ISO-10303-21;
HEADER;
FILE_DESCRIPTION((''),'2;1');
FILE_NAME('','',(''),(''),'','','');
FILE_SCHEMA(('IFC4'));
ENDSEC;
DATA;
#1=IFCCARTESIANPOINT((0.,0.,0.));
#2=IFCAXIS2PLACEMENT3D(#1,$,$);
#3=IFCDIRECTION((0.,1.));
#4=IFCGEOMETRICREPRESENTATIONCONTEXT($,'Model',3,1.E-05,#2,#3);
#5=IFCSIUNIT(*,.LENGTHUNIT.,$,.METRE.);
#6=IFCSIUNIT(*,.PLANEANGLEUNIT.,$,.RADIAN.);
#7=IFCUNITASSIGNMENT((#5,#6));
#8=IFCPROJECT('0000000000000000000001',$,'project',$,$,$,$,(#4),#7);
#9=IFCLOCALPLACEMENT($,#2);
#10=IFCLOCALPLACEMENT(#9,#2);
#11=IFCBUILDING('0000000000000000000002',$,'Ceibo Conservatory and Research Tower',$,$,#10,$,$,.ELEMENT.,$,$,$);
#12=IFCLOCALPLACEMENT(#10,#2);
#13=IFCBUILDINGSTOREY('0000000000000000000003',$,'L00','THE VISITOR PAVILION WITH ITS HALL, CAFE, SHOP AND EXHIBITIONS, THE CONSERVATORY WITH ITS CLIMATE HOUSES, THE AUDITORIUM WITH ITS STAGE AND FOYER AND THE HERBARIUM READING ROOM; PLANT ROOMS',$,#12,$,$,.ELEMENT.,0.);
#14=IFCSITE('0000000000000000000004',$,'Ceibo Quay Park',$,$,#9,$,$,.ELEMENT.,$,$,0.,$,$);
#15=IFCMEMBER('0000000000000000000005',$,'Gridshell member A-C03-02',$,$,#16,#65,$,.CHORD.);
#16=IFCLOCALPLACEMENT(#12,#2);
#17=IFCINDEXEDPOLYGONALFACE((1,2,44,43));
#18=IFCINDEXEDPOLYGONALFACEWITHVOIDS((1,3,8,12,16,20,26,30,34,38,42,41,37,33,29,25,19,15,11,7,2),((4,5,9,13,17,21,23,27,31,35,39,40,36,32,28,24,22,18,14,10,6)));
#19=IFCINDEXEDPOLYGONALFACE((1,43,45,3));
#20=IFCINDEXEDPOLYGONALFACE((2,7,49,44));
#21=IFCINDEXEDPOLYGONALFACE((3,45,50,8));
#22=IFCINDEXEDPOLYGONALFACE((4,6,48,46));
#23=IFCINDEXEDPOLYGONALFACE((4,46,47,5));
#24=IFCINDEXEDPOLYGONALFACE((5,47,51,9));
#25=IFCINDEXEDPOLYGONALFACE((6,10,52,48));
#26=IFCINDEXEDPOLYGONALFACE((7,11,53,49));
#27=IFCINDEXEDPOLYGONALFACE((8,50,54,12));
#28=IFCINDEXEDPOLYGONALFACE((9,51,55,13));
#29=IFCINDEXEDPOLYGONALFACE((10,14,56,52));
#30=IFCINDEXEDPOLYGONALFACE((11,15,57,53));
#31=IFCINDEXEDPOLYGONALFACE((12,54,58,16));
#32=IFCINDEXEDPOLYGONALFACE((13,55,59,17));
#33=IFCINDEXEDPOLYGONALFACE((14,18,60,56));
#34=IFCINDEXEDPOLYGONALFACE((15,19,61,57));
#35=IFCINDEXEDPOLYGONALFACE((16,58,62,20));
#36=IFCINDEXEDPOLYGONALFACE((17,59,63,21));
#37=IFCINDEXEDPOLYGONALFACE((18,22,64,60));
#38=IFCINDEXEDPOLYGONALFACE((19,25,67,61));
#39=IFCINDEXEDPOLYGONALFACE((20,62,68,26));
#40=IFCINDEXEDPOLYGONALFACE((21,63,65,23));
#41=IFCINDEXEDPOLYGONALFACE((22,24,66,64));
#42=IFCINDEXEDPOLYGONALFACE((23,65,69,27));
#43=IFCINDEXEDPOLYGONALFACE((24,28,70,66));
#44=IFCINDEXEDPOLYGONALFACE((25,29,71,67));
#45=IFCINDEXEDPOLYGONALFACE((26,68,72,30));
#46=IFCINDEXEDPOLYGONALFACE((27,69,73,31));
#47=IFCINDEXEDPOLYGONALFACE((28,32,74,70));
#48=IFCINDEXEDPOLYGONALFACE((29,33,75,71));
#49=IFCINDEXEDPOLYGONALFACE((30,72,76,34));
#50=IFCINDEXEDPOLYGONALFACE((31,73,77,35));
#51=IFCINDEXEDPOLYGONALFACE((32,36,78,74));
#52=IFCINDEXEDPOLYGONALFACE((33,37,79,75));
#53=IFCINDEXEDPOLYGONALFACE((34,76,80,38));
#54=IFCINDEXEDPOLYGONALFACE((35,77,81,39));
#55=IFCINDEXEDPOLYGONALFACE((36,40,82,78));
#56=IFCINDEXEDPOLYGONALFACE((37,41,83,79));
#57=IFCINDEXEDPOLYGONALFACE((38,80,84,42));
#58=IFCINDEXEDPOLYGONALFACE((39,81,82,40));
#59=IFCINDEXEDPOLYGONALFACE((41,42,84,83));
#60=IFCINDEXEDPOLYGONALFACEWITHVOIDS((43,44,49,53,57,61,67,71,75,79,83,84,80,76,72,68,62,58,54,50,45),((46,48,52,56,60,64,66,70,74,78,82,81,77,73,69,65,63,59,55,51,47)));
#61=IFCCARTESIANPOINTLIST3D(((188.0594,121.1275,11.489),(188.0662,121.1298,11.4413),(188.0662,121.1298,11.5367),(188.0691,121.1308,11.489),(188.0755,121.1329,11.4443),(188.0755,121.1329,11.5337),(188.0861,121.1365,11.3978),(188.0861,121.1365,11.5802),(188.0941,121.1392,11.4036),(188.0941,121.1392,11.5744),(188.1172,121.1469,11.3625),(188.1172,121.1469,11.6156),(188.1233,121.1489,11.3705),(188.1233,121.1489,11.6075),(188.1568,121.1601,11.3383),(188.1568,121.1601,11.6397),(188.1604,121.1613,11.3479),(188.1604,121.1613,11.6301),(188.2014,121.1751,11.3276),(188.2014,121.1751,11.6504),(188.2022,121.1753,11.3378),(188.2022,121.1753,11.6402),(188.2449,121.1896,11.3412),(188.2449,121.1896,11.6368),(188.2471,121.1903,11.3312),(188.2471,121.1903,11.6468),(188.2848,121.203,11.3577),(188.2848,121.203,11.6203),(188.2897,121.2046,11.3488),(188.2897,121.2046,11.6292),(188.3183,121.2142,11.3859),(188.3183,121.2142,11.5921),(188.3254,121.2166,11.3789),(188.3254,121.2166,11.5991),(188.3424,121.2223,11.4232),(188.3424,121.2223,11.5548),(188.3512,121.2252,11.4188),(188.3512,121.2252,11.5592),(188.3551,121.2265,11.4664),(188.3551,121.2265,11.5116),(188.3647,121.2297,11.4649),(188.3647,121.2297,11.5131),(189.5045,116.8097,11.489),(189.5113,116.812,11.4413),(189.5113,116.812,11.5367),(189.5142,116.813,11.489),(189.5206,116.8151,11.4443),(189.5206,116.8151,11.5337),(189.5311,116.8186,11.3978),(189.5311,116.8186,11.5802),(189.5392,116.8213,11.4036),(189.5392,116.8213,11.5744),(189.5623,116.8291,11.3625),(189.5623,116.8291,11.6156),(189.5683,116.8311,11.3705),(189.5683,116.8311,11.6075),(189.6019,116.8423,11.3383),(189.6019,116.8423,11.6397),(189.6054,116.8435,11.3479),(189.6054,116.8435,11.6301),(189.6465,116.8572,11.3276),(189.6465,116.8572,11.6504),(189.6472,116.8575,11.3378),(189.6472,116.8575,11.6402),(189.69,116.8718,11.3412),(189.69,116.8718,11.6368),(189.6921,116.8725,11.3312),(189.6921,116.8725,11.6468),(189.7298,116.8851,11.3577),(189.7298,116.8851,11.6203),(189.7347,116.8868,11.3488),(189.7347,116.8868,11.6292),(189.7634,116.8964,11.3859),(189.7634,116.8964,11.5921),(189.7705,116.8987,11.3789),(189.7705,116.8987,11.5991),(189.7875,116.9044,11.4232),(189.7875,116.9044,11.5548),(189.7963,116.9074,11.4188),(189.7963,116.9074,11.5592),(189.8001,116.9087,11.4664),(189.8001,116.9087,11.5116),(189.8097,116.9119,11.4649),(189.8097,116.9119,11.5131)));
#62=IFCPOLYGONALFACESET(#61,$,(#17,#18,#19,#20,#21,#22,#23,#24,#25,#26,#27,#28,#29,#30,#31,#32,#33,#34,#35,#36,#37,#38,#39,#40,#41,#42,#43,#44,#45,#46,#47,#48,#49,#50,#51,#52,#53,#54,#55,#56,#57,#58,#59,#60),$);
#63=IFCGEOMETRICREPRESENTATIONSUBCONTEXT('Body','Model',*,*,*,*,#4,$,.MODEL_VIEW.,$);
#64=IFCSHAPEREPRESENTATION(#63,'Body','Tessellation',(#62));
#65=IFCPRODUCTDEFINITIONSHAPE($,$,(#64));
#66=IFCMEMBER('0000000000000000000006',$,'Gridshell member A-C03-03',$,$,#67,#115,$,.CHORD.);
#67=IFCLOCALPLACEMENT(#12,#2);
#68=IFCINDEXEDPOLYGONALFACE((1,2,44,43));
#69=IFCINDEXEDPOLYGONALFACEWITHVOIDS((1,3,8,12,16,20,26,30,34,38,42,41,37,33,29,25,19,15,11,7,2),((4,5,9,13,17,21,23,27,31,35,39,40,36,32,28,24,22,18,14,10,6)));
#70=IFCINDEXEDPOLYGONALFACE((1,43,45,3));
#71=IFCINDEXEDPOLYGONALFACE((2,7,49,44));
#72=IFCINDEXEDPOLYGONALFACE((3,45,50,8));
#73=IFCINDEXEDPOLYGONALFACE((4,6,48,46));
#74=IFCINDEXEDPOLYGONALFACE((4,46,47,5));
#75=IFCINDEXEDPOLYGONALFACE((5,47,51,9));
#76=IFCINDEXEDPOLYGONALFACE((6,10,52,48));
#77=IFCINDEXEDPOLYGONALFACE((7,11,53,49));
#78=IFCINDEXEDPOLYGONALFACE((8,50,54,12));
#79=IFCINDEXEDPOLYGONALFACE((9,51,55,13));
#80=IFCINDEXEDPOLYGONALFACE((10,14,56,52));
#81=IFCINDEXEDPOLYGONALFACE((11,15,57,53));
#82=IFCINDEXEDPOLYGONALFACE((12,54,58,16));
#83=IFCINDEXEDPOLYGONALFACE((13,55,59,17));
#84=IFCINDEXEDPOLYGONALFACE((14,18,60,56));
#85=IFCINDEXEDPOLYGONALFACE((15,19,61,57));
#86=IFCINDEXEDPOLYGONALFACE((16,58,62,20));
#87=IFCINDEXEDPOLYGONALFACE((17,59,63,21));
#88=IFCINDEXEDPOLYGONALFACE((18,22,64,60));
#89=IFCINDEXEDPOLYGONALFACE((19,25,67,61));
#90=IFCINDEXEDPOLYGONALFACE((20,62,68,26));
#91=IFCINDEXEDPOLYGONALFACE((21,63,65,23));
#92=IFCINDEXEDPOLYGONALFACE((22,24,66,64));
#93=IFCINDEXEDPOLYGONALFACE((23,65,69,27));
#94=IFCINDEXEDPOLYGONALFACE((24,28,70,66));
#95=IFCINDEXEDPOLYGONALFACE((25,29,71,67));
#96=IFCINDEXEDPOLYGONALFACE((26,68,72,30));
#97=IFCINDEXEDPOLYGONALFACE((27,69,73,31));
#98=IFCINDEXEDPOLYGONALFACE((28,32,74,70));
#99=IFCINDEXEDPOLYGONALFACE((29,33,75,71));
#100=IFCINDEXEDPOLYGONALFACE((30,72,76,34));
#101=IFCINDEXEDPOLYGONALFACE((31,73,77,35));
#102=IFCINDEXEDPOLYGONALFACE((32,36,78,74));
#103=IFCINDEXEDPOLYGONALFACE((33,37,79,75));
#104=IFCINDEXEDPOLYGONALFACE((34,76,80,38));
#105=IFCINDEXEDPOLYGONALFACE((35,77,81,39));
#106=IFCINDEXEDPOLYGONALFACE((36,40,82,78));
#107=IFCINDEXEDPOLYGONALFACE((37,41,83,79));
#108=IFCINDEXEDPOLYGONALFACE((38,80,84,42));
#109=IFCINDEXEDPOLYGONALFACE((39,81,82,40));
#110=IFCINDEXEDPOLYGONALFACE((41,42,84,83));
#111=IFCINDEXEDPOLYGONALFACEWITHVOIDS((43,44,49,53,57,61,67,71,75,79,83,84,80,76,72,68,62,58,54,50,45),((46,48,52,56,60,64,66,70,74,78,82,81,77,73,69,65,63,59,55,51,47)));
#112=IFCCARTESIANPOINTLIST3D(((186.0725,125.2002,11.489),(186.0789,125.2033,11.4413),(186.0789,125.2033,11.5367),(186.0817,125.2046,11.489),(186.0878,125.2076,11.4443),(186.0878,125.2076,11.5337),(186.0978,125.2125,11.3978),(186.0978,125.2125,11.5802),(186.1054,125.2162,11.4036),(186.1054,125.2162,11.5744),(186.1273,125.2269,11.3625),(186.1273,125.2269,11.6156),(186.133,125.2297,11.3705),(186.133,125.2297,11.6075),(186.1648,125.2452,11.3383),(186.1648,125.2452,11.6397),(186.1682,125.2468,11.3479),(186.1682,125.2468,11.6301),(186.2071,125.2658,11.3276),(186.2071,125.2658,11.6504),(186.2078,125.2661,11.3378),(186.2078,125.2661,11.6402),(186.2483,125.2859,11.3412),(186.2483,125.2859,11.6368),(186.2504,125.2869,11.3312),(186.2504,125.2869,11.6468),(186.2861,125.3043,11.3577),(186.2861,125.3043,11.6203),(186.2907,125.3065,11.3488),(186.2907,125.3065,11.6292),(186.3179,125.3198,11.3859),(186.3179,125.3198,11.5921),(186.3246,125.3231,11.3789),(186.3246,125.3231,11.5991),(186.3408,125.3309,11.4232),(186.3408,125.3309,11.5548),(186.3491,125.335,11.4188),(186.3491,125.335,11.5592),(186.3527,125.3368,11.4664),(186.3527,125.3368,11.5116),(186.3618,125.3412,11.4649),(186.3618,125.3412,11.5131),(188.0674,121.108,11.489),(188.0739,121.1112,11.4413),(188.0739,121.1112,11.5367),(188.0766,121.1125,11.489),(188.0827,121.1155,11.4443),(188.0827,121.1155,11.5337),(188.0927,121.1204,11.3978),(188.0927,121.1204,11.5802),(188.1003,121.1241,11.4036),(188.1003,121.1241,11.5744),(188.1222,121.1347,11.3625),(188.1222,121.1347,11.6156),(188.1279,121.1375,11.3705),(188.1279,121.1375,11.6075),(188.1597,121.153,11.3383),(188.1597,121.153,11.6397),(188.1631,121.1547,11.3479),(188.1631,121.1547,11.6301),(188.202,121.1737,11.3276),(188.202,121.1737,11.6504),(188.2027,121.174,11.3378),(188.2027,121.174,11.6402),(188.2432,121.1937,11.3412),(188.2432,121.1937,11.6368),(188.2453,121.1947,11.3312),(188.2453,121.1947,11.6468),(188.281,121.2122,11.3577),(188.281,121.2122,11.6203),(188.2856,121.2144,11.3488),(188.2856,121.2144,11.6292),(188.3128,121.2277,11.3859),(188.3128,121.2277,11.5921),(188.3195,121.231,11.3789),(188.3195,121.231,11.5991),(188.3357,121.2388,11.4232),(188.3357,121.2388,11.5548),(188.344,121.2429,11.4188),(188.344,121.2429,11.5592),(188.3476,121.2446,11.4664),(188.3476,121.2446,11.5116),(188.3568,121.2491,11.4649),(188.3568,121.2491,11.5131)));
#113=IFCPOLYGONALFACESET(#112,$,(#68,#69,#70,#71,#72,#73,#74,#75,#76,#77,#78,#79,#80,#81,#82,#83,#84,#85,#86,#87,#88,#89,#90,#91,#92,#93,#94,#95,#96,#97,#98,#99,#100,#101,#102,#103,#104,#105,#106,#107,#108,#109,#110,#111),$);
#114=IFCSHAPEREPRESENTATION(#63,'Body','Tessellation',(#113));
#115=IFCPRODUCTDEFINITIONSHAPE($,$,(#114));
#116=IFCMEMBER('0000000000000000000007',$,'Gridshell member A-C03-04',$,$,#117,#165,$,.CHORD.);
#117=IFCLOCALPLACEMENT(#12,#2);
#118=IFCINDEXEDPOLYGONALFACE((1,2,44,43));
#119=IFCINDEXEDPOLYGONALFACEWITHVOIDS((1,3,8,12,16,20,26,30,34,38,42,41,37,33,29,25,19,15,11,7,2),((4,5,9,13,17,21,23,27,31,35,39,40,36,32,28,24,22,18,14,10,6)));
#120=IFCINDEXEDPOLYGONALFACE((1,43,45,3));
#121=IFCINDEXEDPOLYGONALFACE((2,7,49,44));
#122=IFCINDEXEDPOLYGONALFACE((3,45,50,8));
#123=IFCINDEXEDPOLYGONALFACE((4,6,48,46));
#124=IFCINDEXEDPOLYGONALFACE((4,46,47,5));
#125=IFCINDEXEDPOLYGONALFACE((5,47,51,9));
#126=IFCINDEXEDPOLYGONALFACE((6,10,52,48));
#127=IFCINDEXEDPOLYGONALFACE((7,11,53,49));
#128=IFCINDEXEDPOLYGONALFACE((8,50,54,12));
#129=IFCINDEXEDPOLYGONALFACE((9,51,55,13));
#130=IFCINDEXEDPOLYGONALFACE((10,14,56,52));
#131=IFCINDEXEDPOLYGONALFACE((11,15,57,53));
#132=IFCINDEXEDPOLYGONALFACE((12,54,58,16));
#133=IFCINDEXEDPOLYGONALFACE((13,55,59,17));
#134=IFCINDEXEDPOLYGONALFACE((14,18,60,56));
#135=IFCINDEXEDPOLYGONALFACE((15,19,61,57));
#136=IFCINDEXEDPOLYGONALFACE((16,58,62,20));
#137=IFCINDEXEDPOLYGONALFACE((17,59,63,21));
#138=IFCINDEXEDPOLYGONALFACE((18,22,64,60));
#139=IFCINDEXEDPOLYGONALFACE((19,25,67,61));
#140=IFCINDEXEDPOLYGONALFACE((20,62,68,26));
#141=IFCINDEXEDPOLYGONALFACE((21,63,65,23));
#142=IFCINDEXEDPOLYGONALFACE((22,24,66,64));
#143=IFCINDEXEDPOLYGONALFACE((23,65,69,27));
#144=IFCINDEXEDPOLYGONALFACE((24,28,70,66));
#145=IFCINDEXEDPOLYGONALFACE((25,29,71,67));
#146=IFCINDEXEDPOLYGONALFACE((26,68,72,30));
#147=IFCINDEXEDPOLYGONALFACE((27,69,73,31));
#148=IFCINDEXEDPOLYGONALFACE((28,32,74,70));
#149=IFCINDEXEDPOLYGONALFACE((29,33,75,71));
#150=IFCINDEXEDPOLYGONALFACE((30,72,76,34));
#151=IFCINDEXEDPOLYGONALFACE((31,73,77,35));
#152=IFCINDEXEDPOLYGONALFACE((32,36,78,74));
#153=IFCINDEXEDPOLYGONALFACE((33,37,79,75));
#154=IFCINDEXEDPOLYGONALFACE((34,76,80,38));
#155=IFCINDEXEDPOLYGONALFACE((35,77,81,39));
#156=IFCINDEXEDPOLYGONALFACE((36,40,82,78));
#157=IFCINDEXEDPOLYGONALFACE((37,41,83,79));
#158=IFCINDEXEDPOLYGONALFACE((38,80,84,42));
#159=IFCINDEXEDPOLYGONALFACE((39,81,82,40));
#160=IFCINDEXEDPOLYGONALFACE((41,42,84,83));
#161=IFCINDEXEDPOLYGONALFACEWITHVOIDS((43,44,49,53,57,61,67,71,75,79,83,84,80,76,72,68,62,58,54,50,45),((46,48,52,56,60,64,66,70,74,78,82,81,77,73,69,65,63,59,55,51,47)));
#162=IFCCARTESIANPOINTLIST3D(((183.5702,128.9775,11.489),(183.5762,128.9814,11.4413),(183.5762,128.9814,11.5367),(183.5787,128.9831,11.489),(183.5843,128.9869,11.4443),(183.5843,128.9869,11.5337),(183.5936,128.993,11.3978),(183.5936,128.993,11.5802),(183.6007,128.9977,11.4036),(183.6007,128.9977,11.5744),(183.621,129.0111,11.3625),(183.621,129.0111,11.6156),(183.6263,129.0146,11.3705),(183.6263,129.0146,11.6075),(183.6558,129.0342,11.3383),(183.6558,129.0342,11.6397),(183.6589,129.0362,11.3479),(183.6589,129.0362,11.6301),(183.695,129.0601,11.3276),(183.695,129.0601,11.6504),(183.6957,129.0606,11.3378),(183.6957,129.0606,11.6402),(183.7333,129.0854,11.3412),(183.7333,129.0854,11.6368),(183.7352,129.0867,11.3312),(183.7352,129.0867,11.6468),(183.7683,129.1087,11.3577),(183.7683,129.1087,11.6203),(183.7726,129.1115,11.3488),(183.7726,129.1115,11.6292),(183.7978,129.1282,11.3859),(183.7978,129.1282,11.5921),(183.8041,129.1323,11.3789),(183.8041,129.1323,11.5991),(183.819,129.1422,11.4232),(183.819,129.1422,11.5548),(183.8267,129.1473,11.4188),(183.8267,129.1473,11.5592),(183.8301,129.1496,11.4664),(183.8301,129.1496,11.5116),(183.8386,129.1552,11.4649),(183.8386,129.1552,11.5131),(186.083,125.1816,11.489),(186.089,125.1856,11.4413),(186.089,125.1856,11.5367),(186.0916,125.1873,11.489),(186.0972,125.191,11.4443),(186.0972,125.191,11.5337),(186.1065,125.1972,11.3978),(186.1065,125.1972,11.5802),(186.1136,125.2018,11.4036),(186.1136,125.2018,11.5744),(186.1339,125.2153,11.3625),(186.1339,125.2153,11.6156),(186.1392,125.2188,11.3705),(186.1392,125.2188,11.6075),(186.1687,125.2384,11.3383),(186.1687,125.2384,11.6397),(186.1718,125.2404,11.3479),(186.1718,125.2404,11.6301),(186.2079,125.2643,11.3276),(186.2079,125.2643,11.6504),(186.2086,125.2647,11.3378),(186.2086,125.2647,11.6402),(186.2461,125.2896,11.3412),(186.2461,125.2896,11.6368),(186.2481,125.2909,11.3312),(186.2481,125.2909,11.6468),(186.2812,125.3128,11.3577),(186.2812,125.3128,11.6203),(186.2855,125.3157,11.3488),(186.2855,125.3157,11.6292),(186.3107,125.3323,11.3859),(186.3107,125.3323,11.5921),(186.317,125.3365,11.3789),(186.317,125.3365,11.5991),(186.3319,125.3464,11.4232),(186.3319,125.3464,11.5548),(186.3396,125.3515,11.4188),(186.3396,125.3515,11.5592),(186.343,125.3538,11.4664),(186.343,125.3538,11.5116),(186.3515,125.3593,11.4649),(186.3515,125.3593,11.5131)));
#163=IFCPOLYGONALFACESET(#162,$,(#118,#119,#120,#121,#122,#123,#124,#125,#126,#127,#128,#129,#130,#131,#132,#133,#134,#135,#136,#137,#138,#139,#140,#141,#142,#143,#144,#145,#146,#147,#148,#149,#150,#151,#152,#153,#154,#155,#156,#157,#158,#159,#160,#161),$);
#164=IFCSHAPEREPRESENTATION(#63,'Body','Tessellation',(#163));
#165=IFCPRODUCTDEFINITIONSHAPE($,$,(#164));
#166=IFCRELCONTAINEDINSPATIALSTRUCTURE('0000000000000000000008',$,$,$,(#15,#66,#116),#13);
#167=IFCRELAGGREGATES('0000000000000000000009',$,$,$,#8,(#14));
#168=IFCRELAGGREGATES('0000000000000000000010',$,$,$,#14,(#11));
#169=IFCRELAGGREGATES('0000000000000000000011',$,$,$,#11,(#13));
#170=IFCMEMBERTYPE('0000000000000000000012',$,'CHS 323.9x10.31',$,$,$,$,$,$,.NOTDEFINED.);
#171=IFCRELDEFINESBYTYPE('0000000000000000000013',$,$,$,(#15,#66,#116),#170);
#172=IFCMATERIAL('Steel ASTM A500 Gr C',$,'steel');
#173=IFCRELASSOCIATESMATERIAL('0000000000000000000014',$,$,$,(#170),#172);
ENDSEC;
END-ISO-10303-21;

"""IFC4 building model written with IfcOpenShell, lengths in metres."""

from ifc_helpers import new_model, si_unit, direction, frame, origin, origin_2d, place, context, subcontext, project, spatial, hollow_circle, extrude, material, material_profile, profile_set, type_object, element, save


model = new_model("IFC4")

# Units and contexts
model_context = context("Model", 3, precision=1e-05, world=origin(), true_north=direction((0.0, 1.0)))
body_context = subcontext(model_context, "Body", "Model", "MODEL_VIEW")
ifc_project = project(units=[si_unit("LENGTHUNIT", "METRE"), si_unit("PLANEANGLEUNIT", "RADIAN")], contexts=[model_context])

# Site, building, storey
site_placement = place(None, origin())
site = spatial("IfcSite", under=ifc_project, at=site_placement, Name="Ceibo Quay Park", CompositionType="ELEMENT", RefElevation=0.0)
building_placement = place(site_placement, origin())
building = spatial("IfcBuilding", under=site, at=building_placement, Name="Ceibo Conservatory and Research Tower", CompositionType="ELEMENT")
storey_placement = place(building_placement, origin())
storey = spatial("IfcBuildingStorey", under=building, at=storey_placement, Name="L00", Description="THE VISITOR PAVILION WITH ITS HALL, CAFE, SHOP AND EXHIBITIONS, THE CONSERVATORY WITH ITS CLIMATE HOUSES, THE AUDITORIUM WITH ITS STAGE AND FOYER AND THE HERBARIUM READING ROOM; PLANT ROOMS", CompositionType="ELEMENT", Elevation=0.0)

# Members
ifc_material_1 = material(Name="Steel ASTM A500 Gr C", Category="steel")
ifc_material_profile_1 = material_profile(ifc_material_1, hollow_circle(Radius=0.1619, WallThickness=0.0103, at=origin_2d()), Name="CHS 323.9x10.31")
ifc_profile_set_1 = profile_set([ifc_material_profile_1], Name="Steel ASTM A500 Gr C")
member_type_1 = type_object("IfcMemberType", Name="CHS 323.9x10.31", PredefinedType="NOTDEFINED", material=ifc_profile_set_1)
member_1_placement = place(storey_placement, frame((189.658, 116.8611, 11.489), z_axis=(-0.31737, 0.948302, 0.0), x_axis=(-0.948302, -0.31737, 0.0)))
element("IfcMember", 1, at=member_1_placement, inside=storey, type_object=member_type_1, Name="Gridshell member A-C03-02", PredefinedType="CHORD", context=body_context, shape_type="SweptSolid", body=[
    extrude(hollow_circle(Radius=0.1619, WallThickness=0.0103, at=origin_2d()), origin(), (0.0, 0.0, 1.0), 4.5532),
])
member_2_placement = place(storey_placement, frame((188.2129, 121.179, 11.489), z_axis=(-0.438203, 0.898876, 0.0), x_axis=(-0.898876, -0.438203, 0.0)))
element("IfcMember", 2, at=member_2_placement, inside=storey, type_object=member_type_1, Name="Gridshell member A-C03-03", PredefinedType="CHORD", context=body_context, shape_type="SweptSolid", body=[
    extrude(hollow_circle(Radius=0.1619, WallThickness=0.0103, at=origin_2d()), origin(), (0.0, 0.0, 1.0), 4.5525),
])
member_3_placement = place(storey_placement, frame((186.218, 125.271, 11.489), z_axis=(-0.552012, 0.833836, 0.0), x_axis=(-0.833836, -0.552012, 0.0)))
element("IfcMember", 3, at=member_3_placement, inside=storey, type_object=member_type_1, Name="Gridshell member A-C03-04", PredefinedType="CHORD", context=body_context, shape_type="SweptSolid", body=[
    extrude(hollow_circle(Radius=0.1619, WallThickness=0.0103, at=origin_2d()), origin(), (0.0, 0.0, 1.0), 4.5522),
])

save(model, "model.ifc")
